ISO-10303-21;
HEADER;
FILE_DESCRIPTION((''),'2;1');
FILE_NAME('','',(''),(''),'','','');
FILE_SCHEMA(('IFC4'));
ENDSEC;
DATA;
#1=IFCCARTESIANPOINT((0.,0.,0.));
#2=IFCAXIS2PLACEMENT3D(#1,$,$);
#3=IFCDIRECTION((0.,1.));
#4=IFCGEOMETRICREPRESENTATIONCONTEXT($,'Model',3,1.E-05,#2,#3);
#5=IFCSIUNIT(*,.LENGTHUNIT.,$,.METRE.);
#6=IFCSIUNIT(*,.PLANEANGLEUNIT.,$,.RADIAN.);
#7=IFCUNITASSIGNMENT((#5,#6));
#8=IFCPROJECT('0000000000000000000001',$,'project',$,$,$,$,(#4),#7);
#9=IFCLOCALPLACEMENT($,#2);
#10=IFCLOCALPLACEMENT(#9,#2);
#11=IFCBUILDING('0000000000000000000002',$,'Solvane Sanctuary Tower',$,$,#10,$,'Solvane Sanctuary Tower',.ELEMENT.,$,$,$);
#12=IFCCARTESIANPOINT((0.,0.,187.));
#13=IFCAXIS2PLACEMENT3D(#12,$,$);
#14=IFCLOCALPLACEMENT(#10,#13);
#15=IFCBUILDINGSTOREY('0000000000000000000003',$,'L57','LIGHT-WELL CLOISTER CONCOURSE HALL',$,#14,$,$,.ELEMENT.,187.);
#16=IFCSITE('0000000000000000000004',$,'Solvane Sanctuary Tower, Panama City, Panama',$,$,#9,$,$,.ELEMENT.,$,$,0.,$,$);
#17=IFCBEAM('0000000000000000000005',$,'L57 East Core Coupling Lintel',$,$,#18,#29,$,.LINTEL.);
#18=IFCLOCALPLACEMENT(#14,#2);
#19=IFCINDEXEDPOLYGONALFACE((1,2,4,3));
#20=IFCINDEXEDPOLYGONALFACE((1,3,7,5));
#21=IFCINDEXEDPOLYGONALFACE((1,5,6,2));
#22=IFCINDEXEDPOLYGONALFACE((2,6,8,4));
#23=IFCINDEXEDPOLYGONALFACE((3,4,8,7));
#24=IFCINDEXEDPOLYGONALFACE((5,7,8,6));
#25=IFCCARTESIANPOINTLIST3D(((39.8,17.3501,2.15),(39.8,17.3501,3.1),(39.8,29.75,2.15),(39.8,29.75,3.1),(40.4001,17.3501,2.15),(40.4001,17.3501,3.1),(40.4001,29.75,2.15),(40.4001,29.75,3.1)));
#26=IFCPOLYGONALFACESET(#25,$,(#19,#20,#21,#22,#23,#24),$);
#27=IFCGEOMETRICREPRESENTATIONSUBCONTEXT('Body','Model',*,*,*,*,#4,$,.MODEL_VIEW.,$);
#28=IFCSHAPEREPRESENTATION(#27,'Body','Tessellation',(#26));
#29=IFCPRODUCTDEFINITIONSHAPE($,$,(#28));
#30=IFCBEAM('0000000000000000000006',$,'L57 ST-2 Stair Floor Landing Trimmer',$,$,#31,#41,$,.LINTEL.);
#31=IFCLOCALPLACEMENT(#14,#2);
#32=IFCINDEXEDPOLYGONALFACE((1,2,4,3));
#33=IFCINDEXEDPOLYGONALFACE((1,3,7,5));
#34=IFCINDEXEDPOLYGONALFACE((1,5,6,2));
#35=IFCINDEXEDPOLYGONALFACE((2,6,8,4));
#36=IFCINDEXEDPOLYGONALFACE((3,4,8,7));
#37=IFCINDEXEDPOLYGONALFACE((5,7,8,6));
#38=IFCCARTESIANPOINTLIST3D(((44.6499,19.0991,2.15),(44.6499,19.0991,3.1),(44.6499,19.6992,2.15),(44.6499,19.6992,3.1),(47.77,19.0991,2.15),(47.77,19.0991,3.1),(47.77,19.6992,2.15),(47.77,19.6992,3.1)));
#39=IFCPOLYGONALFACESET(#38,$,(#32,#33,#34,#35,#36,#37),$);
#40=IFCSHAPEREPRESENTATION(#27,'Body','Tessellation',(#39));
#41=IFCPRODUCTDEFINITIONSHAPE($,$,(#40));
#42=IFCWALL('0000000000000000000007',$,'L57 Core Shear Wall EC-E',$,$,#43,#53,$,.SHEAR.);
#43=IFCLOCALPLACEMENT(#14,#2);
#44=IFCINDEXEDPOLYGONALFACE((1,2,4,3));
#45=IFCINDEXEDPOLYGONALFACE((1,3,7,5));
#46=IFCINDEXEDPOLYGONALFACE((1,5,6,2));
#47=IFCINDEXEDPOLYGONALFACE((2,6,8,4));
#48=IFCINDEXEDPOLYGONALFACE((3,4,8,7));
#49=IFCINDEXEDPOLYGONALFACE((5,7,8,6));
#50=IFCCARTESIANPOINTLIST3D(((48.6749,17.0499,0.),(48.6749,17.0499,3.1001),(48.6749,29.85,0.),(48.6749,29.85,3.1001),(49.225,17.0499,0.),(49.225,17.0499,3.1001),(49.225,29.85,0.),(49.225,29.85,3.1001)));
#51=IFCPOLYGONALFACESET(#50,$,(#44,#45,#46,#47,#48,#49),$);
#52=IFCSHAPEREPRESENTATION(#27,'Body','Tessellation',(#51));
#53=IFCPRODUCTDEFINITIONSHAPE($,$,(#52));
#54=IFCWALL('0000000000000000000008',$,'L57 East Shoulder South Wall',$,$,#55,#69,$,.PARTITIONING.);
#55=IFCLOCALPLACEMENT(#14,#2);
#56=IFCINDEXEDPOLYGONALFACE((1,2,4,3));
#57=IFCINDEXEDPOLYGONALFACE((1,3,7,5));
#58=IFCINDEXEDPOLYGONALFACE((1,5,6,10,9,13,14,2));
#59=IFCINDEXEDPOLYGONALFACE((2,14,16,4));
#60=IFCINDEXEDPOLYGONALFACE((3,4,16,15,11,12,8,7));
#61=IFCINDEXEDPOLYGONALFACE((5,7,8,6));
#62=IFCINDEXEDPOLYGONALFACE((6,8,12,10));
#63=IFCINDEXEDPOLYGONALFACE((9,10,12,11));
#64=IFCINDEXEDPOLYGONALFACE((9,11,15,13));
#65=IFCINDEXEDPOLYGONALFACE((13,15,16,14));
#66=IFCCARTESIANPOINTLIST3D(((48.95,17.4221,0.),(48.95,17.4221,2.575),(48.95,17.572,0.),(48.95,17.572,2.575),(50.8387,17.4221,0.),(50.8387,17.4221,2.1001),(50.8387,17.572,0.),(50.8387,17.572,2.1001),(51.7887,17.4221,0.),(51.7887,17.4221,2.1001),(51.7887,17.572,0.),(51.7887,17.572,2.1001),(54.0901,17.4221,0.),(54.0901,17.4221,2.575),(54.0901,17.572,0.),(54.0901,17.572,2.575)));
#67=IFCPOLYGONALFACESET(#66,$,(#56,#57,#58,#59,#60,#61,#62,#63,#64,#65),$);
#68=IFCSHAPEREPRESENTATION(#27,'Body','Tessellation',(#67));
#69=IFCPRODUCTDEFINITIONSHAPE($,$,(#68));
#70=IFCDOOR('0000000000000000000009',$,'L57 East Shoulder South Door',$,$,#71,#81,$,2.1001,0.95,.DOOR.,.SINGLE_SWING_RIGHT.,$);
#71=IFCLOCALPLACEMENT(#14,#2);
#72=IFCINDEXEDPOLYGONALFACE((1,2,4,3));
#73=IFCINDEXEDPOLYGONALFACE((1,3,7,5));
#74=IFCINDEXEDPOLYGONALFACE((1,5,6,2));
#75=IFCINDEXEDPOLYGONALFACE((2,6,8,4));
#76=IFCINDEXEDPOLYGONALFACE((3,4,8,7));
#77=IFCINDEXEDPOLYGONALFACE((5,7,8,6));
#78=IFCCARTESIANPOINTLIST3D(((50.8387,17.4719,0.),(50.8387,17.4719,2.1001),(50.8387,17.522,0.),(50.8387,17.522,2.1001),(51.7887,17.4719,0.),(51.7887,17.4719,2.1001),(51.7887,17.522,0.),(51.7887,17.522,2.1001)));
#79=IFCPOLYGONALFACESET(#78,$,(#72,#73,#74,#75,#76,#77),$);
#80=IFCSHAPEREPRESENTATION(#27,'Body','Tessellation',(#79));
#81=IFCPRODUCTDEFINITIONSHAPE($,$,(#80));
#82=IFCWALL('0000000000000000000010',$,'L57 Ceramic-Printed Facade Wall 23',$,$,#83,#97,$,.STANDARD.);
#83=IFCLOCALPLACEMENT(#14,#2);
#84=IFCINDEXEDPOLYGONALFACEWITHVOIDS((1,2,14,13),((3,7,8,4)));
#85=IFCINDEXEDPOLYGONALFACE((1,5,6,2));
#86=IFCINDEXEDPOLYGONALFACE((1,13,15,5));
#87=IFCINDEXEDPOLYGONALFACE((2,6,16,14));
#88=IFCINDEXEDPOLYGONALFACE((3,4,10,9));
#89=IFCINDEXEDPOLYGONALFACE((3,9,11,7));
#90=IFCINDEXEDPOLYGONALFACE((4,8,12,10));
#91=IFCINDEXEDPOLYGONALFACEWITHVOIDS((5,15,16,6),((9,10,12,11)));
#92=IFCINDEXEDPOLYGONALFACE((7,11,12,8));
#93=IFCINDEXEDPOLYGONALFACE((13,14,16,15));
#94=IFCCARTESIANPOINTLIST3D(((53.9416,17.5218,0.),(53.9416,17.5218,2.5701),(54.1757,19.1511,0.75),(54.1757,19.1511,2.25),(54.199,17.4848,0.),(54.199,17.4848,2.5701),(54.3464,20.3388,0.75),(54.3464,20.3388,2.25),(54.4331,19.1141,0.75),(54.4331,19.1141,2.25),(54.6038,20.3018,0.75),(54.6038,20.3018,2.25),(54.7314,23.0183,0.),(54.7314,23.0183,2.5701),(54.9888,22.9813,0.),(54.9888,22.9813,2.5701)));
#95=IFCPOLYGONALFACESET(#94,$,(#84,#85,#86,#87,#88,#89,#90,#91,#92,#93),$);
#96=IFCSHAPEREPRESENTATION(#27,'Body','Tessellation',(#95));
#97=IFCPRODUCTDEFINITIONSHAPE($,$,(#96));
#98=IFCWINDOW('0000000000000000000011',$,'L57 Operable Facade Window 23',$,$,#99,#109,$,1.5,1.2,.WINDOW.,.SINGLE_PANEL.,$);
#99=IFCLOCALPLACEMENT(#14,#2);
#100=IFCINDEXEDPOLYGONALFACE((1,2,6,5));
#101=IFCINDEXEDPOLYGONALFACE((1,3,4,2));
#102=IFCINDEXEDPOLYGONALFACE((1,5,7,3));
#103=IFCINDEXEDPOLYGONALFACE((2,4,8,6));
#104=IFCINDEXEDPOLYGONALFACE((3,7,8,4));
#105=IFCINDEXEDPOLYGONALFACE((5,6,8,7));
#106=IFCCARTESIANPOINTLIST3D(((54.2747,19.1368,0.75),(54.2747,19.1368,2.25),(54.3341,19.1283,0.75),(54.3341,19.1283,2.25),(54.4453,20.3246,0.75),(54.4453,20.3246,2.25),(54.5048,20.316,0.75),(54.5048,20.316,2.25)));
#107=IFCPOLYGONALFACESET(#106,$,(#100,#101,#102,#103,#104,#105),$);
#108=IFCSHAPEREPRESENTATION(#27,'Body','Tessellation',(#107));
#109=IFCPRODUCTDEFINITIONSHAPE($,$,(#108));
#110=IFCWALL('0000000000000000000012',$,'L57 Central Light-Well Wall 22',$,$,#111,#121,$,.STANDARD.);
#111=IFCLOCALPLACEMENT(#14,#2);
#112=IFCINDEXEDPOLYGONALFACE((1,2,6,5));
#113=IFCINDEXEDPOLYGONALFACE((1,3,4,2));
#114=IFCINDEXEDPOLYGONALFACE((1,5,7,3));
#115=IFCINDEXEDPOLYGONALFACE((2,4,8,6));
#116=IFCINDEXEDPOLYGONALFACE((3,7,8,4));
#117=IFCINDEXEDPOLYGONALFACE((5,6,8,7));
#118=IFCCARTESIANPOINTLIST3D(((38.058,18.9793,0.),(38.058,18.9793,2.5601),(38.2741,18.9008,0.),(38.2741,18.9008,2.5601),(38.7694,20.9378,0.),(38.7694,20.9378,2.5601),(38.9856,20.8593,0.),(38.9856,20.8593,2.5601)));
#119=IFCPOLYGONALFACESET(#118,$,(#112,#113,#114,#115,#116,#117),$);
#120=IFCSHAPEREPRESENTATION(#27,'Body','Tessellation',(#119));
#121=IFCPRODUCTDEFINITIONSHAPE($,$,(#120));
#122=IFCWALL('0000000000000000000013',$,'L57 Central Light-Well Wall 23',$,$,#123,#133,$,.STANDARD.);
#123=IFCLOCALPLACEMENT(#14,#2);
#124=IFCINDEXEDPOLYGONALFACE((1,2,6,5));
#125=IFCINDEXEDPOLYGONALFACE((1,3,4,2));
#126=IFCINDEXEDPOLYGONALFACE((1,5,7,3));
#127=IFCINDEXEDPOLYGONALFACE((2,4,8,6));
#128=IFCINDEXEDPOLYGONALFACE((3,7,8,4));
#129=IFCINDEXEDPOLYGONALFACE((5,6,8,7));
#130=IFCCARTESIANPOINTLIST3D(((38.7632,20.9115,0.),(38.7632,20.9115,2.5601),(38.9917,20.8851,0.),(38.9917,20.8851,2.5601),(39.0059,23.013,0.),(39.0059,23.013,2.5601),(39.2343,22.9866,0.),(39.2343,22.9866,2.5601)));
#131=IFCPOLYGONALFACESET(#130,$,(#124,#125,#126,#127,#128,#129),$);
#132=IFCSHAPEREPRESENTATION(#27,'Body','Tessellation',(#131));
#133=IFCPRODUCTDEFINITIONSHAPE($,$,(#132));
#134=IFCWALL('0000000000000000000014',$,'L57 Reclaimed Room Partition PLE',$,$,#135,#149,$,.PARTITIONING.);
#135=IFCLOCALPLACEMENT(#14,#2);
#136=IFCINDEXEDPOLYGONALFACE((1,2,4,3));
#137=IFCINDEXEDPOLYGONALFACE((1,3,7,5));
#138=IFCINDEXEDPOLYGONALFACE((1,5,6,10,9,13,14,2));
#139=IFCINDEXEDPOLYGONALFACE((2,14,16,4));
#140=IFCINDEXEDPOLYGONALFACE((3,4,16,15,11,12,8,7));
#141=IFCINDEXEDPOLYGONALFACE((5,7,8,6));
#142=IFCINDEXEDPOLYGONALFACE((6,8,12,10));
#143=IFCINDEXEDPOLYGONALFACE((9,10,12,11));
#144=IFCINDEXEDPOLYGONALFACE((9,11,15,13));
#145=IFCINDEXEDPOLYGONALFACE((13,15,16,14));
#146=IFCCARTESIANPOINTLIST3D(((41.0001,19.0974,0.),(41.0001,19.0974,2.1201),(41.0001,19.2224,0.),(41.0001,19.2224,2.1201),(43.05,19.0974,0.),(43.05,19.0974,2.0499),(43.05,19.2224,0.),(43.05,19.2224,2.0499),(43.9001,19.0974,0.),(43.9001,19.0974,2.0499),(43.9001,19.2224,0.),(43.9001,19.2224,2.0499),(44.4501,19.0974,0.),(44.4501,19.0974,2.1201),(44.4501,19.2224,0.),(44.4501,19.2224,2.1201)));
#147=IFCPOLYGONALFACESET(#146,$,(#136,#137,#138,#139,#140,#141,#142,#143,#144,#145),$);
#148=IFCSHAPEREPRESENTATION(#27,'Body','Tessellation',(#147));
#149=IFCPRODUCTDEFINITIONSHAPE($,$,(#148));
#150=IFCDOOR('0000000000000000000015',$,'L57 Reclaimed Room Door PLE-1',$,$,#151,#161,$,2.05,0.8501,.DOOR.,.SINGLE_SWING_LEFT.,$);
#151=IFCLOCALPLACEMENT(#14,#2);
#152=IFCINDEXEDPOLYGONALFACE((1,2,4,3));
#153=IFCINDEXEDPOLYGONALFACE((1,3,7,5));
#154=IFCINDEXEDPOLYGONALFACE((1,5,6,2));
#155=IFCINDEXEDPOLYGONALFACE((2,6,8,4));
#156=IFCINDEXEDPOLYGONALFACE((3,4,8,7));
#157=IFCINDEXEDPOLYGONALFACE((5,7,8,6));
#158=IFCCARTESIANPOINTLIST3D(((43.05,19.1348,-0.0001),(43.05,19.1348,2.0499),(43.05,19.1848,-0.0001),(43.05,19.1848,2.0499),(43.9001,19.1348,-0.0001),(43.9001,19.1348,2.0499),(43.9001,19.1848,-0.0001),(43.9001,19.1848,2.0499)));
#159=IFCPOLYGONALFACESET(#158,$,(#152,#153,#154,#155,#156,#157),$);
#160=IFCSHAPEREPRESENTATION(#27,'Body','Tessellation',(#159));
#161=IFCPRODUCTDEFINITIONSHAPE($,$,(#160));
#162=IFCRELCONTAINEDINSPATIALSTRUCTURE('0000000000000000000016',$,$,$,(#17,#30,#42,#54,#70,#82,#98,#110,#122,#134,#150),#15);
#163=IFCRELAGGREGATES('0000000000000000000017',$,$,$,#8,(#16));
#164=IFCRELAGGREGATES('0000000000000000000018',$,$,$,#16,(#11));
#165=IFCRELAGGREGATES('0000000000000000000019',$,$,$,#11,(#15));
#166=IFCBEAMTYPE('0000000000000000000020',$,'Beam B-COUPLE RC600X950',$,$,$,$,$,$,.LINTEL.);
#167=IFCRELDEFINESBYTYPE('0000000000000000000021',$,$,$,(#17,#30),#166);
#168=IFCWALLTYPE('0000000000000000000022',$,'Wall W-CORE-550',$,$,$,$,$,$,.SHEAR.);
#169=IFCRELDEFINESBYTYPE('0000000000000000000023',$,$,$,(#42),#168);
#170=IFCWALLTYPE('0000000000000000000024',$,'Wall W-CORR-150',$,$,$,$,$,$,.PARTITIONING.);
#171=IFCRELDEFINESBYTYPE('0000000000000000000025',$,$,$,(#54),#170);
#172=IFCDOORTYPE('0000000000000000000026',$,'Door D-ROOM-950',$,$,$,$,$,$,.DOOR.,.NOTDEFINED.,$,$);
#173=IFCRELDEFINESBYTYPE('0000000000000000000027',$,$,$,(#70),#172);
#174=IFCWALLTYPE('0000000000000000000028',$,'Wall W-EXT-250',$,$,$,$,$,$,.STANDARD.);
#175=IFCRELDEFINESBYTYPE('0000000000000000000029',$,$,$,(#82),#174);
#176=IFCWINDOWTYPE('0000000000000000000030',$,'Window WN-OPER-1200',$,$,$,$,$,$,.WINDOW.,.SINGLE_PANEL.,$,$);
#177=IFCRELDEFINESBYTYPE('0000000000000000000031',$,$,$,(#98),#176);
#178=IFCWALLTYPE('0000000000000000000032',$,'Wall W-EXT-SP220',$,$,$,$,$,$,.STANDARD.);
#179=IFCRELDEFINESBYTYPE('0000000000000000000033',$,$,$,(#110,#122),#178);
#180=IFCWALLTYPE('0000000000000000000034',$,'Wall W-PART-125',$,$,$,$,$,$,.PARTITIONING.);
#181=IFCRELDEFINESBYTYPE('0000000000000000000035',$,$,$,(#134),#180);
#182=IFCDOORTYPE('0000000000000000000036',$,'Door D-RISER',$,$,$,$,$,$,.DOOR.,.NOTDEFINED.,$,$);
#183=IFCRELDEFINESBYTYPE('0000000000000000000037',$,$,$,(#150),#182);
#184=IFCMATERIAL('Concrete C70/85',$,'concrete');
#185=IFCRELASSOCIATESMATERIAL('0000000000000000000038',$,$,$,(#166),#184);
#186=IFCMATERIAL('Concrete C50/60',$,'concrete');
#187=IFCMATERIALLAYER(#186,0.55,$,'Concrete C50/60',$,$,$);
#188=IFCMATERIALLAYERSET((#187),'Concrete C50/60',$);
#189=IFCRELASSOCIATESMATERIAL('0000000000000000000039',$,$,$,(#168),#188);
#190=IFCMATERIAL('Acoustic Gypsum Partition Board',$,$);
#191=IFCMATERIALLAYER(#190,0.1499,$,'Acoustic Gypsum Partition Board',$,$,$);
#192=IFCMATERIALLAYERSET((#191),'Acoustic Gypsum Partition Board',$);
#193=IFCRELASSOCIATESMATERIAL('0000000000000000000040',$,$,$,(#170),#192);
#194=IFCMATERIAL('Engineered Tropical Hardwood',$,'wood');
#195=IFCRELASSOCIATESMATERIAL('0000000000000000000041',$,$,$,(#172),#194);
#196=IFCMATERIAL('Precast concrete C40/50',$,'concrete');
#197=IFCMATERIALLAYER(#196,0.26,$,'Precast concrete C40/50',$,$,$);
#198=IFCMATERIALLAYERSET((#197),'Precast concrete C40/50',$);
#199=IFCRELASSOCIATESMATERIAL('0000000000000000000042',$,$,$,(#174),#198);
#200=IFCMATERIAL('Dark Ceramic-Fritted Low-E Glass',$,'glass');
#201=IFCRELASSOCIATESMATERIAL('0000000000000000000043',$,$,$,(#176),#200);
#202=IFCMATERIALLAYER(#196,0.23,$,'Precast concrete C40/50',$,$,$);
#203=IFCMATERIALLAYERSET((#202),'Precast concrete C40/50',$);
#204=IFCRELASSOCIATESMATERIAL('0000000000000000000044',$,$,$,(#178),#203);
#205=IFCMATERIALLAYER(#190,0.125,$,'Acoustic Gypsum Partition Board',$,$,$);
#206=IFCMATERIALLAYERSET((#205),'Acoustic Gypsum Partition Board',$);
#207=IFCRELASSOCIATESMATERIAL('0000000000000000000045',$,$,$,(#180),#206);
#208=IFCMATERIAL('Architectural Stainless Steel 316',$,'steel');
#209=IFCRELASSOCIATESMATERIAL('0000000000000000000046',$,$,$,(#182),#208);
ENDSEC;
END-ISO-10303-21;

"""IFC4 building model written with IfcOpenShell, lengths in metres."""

from ifc_helpers import new_model, si_unit, direction, frame, frame_2d, origin, origin_2d, place, context, subcontext, project, spatial, rectangle, extrude, material, layer, layer_set, material_profile, profile_set, type_object, element, fill, save


model = new_model("IFC4")

# Units and contexts
model_context = context("Model", 3, precision=1e-05, world=origin(), true_north=direction((0.0, 1.0)))
body_context = subcontext(model_context, "Body", "Model", "MODEL_VIEW")
ifc_project = project(units=[si_unit("LENGTHUNIT", "METRE"), si_unit("PLANEANGLEUNIT", "RADIAN")], contexts=[model_context])

# Site, building, storey
site_placement = place(None, origin())
site = spatial("IfcSite", under=ifc_project, at=site_placement, Name="Solvane Sanctuary Tower, Panama City, Panama", CompositionType="ELEMENT", RefElevation=0.0)
building_placement = place(site_placement, origin())
building = spatial("IfcBuilding", under=site, at=building_placement, Name="Solvane Sanctuary Tower", LongName="Solvane Sanctuary Tower", CompositionType="ELEMENT")
storey_placement = place(building_placement, frame((0.0, 0.0, 187.0)))
storey = spatial("IfcBuildingStorey", under=building, at=storey_placement, Name="L57", Description="LIGHT-WELL CLOISTER CONCOURSE HALL", CompositionType="ELEMENT", Elevation=187.0)

# Beams
ifc_material_1 = material(Name="Concrete C70/85", Category="concrete")
ifc_material_profile = material_profile(ifc_material_1, rectangle(XDim=0.6001, YDim=0.95, at=origin_2d()), Name="RC600X950")
ifc_profile_set = profile_set([ifc_material_profile], Name="Concrete C70/85")
beam_type = type_object("IfcBeamType", Name="Beam B-COUPLE RC600X950", PredefinedType="LINTEL", material=ifc_profile_set)
beam_1_placement = place(storey_placement, frame((40.1001, 17.3501, 2.625), z_axis=(0.0, 1.0, 0.0), x_axis=(-1.0, 0.0, 0.0)))
element("IfcBeam", 1, at=beam_1_placement, inside=storey, type_object=beam_type, Name="L57 East Core Coupling Lintel", PredefinedType="LINTEL", context=body_context, shape_type="SweptSolid", body=[
    extrude(rectangle(XDim=0.6001, YDim=0.95, at=origin_2d()), origin(), (0.0, 0.0, 1.0), 12.3999),
])
beam_2_placement = place(storey_placement, frame((44.6499, 19.3992, 2.625), z_axis=(1.0, 0.0, 0.0), x_axis=(0.0, 1.0, 0.0)))
element("IfcBeam", 2, at=beam_2_placement, inside=storey, type_object=beam_type, Name="L57 ST-2 Stair Floor Landing Trimmer", PredefinedType="LINTEL", context=body_context, shape_type="SweptSolid", body=[
    extrude(rectangle(XDim=0.6001, YDim=0.95, at=origin_2d()), origin(), (0.0, 0.0, 1.0), 3.1201),
])

# Wall
ifc_material_2 = material(Name="Concrete C50/60", Category="concrete")
ifc_layer_1 = layer(ifc_material_2, 0.55, Name="Concrete C50/60")
ifc_layer_set_1 = layer_set([ifc_layer_1], Name="Concrete C50/60")
wall_type_1 = type_object("IfcWallType", Name="Wall W-CORE-550", PredefinedType="SHEAR", material=ifc_layer_set_1)
wall_1_placement = place(storey_placement, frame((48.95, 17.05, 0.0), z_axis=(0.0, 0.0, 1.0), x_axis=(0.0, 1.0, 0.0)))
element("IfcWall", 3, at=wall_1_placement, inside=storey, type_object=wall_type_1, Name="L57 Core Shear Wall EC-E", PredefinedType="SHEAR", context=body_context, shape_type="SweptSolid", body=[
    extrude(rectangle(XDim=12.8, YDim=0.55, at=frame_2d((6.3999, 0.0))), origin(), (0.0, 0.0, 1.0), 3.1001),
])

# Wall, opening, door
ifc_material_3 = material(Name="Acoustic Gypsum Partition Board")
ifc_layer_2 = layer(ifc_material_3, 0.1499, Name="Acoustic Gypsum Partition Board")
ifc_layer_set_2 = layer_set([ifc_layer_2], Name="Acoustic Gypsum Partition Board")
wall_type_2 = type_object("IfcWallType", Name="Wall W-CORR-150", PredefinedType="PARTITIONING", material=ifc_layer_set_2)
wall_2_placement = place(storey_placement, frame((48.95, 17.4971, 0.0), z_axis=(0.0, 0.0, 1.0), x_axis=(1.0, 0.0, 0.0)))
wall_2 = element("IfcWall", 4, at=wall_2_placement, inside=storey, type_object=wall_type_2, Name="L57 East Shoulder South Wall", PredefinedType="PARTITIONING", context=body_context, shape_type="SweptSolid", body=[
    extrude(rectangle(XDim=5.1401, YDim=0.1499, at=frame_2d((2.5701, 0.0))), origin(), (0.0, 0.0, 1.0), 2.575),
])
opening_1_placement = place(wall_2_placement, frame((1.8887, 0.0, 0.0)))
opening_1 = element("IfcOpeningElement", 5, at=opening_1_placement, cuts=wall_2, PredefinedType="OPENING", context=body_context, shape_type="SweptSolid", body=[
    extrude(rectangle(XDim=0.95, YDim=2.1001, at=frame_2d((0.4751, 1.05))), frame((0.0, 0.085, 0.0), z_axis=(0.0, -1.0, 0.0), x_axis=(1.0, 0.0, 0.0)), (0.0, 0.0, 1.0), 0.1699),
])
ifc_material_4 = material(Name="Engineered Tropical Hardwood", Category="wood")
door_type_1 = type_object("IfcDoorType", Name="Door D-ROOM-950", OperationType="NOTDEFINED", PredefinedType="DOOR", material=ifc_material_4)
door_1_placement = place(opening_1_placement, origin())
door_1 = element("IfcDoor", 6, at=door_1_placement, inside=storey, type_object=door_type_1, Name="L57 East Shoulder South Door", OperationType="SINGLE_SWING_RIGHT", OverallHeight=2.1001, OverallWidth=0.95, PredefinedType="DOOR", context=body_context, shape_type="SweptSolid", body=[
    extrude(rectangle(XDim=0.95, YDim=2.1001, at=frame_2d((0.4751, 1.05))), frame((0.0, 0.0249, 0.0), z_axis=(0.0, -1.0, 0.0), x_axis=(1.0, 0.0, 0.0)), (0.0, 0.0, 1.0), 0.05),
])
fill(opening_1, door_1)

# Wall, opening, window
ifc_material_5 = material(Name="Precast concrete C40/50", Category="concrete")
ifc_layer_3 = layer(ifc_material_5, 0.26, Name="Precast concrete C40/50")
ifc_layer_set_3 = layer_set([ifc_layer_3], Name="Precast concrete C40/50")
wall_type_3 = type_object("IfcWallType", Name="Wall W-EXT-250", PredefinedType="STANDARD", material=ifc_layer_set_3)
wall_3_placement = place(storey_placement, frame((54.0703, 17.5034, 0.0), z_axis=(0.0, 0.0, 1.0), x_axis=(0.142228, 0.989834, 0.0)))
wall_3 = element("IfcWall", 7, at=wall_3_placement, inside=storey, type_object=wall_type_3, Name="L57 Ceramic-Printed Facade Wall 23", PredefinedType="STANDARD", context=body_context, shape_type="SweptSolid", body=[
    extrude(rectangle(XDim=5.553, YDim=0.26, at=frame_2d((2.7764, 0.0))), origin(), (0.0, 0.0, 1.0), 2.5701),
])
opening_2_placement = place(wall_3_placement, frame((1.6458, 0.0, 0.75)))
opening_2 = element("IfcOpeningElement", 8, at=opening_2_placement, cuts=wall_3, PredefinedType="OPENING", context=body_context, shape_type="SweptSolid", body=[
    extrude(rectangle(XDim=1.2, YDim=1.5, at=frame_2d((0.6001, 0.75))), frame((0.0, 0.1399, 0.0), z_axis=(0.0, -1.0, 0.0), x_axis=(1.0, 0.0, 0.0)), (0.0, 0.0, 1.0), 0.28),
])
ifc_material_6 = material(Name="Dark Ceramic-Fritted Low-E Glass", Category="glass")
window_type = type_object("IfcWindowType", Name="Window WN-OPER-1200", PartitioningType="SINGLE_PANEL", PredefinedType="WINDOW", material=ifc_material_6)
window_placement = place(opening_2_placement, origin())
window = element("IfcWindow", 9, at=window_placement, inside=storey, type_object=window_type, Name="L57 Operable Facade Window 23", OverallHeight=1.5, OverallWidth=1.2, PartitioningType="SINGLE_PANEL", PredefinedType="WINDOW", context=body_context, shape_type="SweptSolid", body=[
    extrude(rectangle(XDim=1.2, YDim=1.5, at=frame_2d((0.6001, 0.75))), frame((0.0, 0.03, 0.0), z_axis=(0.0, -1.0, 0.0), x_axis=(1.0, 0.0, 0.0)), (0.0, 0.0, 1.0), 0.0601),
])
fill(opening_2, window)

# Walls
ifc_layer_4 = layer(ifc_material_5, 0.23, Name="Precast concrete C40/50")
ifc_layer_set_4 = layer_set([ifc_layer_4], Name="Precast concrete C40/50")
wall_type_4 = type_object("IfcWallType", Name="Wall W-EXT-SP220", PredefinedType="STANDARD", material=ifc_layer_set_4)
wall_4_placement = place(storey_placement, frame((38.166, 18.9399, 0.0), z_axis=(0.0, 0.0, 1.0), x_axis=(0.341423, 0.93991, 0.0)))
element("IfcWall", 10, at=wall_4_placement, inside=storey, type_object=wall_type_4, Name="L57 Central Light-Well Wall 22", PredefinedType="STANDARD", context=body_context, shape_type="SweptSolid", body=[
    extrude(rectangle(XDim=2.0837, YDim=0.23, at=frame_2d((1.042, 0.0))), origin(), (0.0, 0.0, 1.0), 2.5601),
])
wall_5_placement = place(storey_placement, frame((38.8774, 20.8984, 0.0), z_axis=(0.0, 0.0, 1.0), x_axis=(0.114712, 0.993399, 0.0)))
element("IfcWall", 11, at=wall_5_placement, inside=storey, type_object=wall_type_4, Name="L57 Central Light-Well Wall 23", PredefinedType="STANDARD", context=body_context, shape_type="SweptSolid", body=[
    extrude(rectangle(XDim=2.1155, YDim=0.23, at=frame_2d((1.0576, 0.0))), origin(), (0.0, 0.0, 1.0), 2.5601),
])

# Wall, opening, door
ifc_layer_5 = layer(ifc_material_3, 0.125, Name="Acoustic Gypsum Partition Board")
ifc_layer_set_5 = layer_set([ifc_layer_5], Name="Acoustic Gypsum Partition Board")
wall_type_5 = type_object("IfcWallType", Name="Wall W-PART-125", PredefinedType="PARTITIONING", material=ifc_layer_set_5)
wall_6_placement = place(storey_placement, frame((41.0, 19.1599, 0.0), z_axis=(0.0, 0.0, 1.0), x_axis=(1.0, 0.0, 0.0)))
wall_6 = element("IfcWall", 12, at=wall_6_placement, inside=storey, type_object=wall_type_5, Name="L57 Reclaimed Room Partition PLE", PredefinedType="PARTITIONING", context=body_context, shape_type="SweptSolid", body=[
    extrude(rectangle(XDim=3.45, YDim=0.125, at=frame_2d((1.7251, 0.0))), origin(), (0.0, 0.0, 1.0), 2.1201),
])
opening_3_placement = place(wall_6_placement, frame((2.05, 0.0, 0.0)))
opening_3 = element("IfcOpeningElement", 13, at=opening_3_placement, cuts=wall_6, PredefinedType="OPENING", context=body_context, shape_type="SweptSolid", body=[
    extrude(rectangle(XDim=0.8501, YDim=2.05, at=frame_2d((0.425, 1.0249))), frame((0.0, 0.0725, 0.0), z_axis=(0.0, -1.0, 0.0), x_axis=(1.0, 0.0, 0.0)), (0.0, 0.0, 1.0), 0.145),
])
ifc_material_7 = material(Name="Architectural Stainless Steel 316", Category="steel")
door_type_2 = type_object("IfcDoorType", Name="Door D-RISER", OperationType="NOTDEFINED", PredefinedType="DOOR", material=ifc_material_7)
door_2_placement = place(opening_3_placement, origin())
door_2 = element("IfcDoor", 14, at=door_2_placement, inside=storey, type_object=door_type_2, Name="L57 Reclaimed Room Door PLE-1", OperationType="SINGLE_SWING_LEFT", OverallHeight=2.05, OverallWidth=0.8501, PredefinedType="DOOR", context=body_context, shape_type="SweptSolid", body=[
    extrude(rectangle(XDim=0.8501, YDim=2.05, at=frame_2d((0.425, 1.0249))), frame((0.0, 0.0249, 0.0), z_axis=(0.0, -1.0, 0.0), x_axis=(1.0, 0.0, 0.0)), (0.0, 0.0, 1.0), 0.05),
])
fill(opening_3, door_2)

save(model, "model.ifc")
